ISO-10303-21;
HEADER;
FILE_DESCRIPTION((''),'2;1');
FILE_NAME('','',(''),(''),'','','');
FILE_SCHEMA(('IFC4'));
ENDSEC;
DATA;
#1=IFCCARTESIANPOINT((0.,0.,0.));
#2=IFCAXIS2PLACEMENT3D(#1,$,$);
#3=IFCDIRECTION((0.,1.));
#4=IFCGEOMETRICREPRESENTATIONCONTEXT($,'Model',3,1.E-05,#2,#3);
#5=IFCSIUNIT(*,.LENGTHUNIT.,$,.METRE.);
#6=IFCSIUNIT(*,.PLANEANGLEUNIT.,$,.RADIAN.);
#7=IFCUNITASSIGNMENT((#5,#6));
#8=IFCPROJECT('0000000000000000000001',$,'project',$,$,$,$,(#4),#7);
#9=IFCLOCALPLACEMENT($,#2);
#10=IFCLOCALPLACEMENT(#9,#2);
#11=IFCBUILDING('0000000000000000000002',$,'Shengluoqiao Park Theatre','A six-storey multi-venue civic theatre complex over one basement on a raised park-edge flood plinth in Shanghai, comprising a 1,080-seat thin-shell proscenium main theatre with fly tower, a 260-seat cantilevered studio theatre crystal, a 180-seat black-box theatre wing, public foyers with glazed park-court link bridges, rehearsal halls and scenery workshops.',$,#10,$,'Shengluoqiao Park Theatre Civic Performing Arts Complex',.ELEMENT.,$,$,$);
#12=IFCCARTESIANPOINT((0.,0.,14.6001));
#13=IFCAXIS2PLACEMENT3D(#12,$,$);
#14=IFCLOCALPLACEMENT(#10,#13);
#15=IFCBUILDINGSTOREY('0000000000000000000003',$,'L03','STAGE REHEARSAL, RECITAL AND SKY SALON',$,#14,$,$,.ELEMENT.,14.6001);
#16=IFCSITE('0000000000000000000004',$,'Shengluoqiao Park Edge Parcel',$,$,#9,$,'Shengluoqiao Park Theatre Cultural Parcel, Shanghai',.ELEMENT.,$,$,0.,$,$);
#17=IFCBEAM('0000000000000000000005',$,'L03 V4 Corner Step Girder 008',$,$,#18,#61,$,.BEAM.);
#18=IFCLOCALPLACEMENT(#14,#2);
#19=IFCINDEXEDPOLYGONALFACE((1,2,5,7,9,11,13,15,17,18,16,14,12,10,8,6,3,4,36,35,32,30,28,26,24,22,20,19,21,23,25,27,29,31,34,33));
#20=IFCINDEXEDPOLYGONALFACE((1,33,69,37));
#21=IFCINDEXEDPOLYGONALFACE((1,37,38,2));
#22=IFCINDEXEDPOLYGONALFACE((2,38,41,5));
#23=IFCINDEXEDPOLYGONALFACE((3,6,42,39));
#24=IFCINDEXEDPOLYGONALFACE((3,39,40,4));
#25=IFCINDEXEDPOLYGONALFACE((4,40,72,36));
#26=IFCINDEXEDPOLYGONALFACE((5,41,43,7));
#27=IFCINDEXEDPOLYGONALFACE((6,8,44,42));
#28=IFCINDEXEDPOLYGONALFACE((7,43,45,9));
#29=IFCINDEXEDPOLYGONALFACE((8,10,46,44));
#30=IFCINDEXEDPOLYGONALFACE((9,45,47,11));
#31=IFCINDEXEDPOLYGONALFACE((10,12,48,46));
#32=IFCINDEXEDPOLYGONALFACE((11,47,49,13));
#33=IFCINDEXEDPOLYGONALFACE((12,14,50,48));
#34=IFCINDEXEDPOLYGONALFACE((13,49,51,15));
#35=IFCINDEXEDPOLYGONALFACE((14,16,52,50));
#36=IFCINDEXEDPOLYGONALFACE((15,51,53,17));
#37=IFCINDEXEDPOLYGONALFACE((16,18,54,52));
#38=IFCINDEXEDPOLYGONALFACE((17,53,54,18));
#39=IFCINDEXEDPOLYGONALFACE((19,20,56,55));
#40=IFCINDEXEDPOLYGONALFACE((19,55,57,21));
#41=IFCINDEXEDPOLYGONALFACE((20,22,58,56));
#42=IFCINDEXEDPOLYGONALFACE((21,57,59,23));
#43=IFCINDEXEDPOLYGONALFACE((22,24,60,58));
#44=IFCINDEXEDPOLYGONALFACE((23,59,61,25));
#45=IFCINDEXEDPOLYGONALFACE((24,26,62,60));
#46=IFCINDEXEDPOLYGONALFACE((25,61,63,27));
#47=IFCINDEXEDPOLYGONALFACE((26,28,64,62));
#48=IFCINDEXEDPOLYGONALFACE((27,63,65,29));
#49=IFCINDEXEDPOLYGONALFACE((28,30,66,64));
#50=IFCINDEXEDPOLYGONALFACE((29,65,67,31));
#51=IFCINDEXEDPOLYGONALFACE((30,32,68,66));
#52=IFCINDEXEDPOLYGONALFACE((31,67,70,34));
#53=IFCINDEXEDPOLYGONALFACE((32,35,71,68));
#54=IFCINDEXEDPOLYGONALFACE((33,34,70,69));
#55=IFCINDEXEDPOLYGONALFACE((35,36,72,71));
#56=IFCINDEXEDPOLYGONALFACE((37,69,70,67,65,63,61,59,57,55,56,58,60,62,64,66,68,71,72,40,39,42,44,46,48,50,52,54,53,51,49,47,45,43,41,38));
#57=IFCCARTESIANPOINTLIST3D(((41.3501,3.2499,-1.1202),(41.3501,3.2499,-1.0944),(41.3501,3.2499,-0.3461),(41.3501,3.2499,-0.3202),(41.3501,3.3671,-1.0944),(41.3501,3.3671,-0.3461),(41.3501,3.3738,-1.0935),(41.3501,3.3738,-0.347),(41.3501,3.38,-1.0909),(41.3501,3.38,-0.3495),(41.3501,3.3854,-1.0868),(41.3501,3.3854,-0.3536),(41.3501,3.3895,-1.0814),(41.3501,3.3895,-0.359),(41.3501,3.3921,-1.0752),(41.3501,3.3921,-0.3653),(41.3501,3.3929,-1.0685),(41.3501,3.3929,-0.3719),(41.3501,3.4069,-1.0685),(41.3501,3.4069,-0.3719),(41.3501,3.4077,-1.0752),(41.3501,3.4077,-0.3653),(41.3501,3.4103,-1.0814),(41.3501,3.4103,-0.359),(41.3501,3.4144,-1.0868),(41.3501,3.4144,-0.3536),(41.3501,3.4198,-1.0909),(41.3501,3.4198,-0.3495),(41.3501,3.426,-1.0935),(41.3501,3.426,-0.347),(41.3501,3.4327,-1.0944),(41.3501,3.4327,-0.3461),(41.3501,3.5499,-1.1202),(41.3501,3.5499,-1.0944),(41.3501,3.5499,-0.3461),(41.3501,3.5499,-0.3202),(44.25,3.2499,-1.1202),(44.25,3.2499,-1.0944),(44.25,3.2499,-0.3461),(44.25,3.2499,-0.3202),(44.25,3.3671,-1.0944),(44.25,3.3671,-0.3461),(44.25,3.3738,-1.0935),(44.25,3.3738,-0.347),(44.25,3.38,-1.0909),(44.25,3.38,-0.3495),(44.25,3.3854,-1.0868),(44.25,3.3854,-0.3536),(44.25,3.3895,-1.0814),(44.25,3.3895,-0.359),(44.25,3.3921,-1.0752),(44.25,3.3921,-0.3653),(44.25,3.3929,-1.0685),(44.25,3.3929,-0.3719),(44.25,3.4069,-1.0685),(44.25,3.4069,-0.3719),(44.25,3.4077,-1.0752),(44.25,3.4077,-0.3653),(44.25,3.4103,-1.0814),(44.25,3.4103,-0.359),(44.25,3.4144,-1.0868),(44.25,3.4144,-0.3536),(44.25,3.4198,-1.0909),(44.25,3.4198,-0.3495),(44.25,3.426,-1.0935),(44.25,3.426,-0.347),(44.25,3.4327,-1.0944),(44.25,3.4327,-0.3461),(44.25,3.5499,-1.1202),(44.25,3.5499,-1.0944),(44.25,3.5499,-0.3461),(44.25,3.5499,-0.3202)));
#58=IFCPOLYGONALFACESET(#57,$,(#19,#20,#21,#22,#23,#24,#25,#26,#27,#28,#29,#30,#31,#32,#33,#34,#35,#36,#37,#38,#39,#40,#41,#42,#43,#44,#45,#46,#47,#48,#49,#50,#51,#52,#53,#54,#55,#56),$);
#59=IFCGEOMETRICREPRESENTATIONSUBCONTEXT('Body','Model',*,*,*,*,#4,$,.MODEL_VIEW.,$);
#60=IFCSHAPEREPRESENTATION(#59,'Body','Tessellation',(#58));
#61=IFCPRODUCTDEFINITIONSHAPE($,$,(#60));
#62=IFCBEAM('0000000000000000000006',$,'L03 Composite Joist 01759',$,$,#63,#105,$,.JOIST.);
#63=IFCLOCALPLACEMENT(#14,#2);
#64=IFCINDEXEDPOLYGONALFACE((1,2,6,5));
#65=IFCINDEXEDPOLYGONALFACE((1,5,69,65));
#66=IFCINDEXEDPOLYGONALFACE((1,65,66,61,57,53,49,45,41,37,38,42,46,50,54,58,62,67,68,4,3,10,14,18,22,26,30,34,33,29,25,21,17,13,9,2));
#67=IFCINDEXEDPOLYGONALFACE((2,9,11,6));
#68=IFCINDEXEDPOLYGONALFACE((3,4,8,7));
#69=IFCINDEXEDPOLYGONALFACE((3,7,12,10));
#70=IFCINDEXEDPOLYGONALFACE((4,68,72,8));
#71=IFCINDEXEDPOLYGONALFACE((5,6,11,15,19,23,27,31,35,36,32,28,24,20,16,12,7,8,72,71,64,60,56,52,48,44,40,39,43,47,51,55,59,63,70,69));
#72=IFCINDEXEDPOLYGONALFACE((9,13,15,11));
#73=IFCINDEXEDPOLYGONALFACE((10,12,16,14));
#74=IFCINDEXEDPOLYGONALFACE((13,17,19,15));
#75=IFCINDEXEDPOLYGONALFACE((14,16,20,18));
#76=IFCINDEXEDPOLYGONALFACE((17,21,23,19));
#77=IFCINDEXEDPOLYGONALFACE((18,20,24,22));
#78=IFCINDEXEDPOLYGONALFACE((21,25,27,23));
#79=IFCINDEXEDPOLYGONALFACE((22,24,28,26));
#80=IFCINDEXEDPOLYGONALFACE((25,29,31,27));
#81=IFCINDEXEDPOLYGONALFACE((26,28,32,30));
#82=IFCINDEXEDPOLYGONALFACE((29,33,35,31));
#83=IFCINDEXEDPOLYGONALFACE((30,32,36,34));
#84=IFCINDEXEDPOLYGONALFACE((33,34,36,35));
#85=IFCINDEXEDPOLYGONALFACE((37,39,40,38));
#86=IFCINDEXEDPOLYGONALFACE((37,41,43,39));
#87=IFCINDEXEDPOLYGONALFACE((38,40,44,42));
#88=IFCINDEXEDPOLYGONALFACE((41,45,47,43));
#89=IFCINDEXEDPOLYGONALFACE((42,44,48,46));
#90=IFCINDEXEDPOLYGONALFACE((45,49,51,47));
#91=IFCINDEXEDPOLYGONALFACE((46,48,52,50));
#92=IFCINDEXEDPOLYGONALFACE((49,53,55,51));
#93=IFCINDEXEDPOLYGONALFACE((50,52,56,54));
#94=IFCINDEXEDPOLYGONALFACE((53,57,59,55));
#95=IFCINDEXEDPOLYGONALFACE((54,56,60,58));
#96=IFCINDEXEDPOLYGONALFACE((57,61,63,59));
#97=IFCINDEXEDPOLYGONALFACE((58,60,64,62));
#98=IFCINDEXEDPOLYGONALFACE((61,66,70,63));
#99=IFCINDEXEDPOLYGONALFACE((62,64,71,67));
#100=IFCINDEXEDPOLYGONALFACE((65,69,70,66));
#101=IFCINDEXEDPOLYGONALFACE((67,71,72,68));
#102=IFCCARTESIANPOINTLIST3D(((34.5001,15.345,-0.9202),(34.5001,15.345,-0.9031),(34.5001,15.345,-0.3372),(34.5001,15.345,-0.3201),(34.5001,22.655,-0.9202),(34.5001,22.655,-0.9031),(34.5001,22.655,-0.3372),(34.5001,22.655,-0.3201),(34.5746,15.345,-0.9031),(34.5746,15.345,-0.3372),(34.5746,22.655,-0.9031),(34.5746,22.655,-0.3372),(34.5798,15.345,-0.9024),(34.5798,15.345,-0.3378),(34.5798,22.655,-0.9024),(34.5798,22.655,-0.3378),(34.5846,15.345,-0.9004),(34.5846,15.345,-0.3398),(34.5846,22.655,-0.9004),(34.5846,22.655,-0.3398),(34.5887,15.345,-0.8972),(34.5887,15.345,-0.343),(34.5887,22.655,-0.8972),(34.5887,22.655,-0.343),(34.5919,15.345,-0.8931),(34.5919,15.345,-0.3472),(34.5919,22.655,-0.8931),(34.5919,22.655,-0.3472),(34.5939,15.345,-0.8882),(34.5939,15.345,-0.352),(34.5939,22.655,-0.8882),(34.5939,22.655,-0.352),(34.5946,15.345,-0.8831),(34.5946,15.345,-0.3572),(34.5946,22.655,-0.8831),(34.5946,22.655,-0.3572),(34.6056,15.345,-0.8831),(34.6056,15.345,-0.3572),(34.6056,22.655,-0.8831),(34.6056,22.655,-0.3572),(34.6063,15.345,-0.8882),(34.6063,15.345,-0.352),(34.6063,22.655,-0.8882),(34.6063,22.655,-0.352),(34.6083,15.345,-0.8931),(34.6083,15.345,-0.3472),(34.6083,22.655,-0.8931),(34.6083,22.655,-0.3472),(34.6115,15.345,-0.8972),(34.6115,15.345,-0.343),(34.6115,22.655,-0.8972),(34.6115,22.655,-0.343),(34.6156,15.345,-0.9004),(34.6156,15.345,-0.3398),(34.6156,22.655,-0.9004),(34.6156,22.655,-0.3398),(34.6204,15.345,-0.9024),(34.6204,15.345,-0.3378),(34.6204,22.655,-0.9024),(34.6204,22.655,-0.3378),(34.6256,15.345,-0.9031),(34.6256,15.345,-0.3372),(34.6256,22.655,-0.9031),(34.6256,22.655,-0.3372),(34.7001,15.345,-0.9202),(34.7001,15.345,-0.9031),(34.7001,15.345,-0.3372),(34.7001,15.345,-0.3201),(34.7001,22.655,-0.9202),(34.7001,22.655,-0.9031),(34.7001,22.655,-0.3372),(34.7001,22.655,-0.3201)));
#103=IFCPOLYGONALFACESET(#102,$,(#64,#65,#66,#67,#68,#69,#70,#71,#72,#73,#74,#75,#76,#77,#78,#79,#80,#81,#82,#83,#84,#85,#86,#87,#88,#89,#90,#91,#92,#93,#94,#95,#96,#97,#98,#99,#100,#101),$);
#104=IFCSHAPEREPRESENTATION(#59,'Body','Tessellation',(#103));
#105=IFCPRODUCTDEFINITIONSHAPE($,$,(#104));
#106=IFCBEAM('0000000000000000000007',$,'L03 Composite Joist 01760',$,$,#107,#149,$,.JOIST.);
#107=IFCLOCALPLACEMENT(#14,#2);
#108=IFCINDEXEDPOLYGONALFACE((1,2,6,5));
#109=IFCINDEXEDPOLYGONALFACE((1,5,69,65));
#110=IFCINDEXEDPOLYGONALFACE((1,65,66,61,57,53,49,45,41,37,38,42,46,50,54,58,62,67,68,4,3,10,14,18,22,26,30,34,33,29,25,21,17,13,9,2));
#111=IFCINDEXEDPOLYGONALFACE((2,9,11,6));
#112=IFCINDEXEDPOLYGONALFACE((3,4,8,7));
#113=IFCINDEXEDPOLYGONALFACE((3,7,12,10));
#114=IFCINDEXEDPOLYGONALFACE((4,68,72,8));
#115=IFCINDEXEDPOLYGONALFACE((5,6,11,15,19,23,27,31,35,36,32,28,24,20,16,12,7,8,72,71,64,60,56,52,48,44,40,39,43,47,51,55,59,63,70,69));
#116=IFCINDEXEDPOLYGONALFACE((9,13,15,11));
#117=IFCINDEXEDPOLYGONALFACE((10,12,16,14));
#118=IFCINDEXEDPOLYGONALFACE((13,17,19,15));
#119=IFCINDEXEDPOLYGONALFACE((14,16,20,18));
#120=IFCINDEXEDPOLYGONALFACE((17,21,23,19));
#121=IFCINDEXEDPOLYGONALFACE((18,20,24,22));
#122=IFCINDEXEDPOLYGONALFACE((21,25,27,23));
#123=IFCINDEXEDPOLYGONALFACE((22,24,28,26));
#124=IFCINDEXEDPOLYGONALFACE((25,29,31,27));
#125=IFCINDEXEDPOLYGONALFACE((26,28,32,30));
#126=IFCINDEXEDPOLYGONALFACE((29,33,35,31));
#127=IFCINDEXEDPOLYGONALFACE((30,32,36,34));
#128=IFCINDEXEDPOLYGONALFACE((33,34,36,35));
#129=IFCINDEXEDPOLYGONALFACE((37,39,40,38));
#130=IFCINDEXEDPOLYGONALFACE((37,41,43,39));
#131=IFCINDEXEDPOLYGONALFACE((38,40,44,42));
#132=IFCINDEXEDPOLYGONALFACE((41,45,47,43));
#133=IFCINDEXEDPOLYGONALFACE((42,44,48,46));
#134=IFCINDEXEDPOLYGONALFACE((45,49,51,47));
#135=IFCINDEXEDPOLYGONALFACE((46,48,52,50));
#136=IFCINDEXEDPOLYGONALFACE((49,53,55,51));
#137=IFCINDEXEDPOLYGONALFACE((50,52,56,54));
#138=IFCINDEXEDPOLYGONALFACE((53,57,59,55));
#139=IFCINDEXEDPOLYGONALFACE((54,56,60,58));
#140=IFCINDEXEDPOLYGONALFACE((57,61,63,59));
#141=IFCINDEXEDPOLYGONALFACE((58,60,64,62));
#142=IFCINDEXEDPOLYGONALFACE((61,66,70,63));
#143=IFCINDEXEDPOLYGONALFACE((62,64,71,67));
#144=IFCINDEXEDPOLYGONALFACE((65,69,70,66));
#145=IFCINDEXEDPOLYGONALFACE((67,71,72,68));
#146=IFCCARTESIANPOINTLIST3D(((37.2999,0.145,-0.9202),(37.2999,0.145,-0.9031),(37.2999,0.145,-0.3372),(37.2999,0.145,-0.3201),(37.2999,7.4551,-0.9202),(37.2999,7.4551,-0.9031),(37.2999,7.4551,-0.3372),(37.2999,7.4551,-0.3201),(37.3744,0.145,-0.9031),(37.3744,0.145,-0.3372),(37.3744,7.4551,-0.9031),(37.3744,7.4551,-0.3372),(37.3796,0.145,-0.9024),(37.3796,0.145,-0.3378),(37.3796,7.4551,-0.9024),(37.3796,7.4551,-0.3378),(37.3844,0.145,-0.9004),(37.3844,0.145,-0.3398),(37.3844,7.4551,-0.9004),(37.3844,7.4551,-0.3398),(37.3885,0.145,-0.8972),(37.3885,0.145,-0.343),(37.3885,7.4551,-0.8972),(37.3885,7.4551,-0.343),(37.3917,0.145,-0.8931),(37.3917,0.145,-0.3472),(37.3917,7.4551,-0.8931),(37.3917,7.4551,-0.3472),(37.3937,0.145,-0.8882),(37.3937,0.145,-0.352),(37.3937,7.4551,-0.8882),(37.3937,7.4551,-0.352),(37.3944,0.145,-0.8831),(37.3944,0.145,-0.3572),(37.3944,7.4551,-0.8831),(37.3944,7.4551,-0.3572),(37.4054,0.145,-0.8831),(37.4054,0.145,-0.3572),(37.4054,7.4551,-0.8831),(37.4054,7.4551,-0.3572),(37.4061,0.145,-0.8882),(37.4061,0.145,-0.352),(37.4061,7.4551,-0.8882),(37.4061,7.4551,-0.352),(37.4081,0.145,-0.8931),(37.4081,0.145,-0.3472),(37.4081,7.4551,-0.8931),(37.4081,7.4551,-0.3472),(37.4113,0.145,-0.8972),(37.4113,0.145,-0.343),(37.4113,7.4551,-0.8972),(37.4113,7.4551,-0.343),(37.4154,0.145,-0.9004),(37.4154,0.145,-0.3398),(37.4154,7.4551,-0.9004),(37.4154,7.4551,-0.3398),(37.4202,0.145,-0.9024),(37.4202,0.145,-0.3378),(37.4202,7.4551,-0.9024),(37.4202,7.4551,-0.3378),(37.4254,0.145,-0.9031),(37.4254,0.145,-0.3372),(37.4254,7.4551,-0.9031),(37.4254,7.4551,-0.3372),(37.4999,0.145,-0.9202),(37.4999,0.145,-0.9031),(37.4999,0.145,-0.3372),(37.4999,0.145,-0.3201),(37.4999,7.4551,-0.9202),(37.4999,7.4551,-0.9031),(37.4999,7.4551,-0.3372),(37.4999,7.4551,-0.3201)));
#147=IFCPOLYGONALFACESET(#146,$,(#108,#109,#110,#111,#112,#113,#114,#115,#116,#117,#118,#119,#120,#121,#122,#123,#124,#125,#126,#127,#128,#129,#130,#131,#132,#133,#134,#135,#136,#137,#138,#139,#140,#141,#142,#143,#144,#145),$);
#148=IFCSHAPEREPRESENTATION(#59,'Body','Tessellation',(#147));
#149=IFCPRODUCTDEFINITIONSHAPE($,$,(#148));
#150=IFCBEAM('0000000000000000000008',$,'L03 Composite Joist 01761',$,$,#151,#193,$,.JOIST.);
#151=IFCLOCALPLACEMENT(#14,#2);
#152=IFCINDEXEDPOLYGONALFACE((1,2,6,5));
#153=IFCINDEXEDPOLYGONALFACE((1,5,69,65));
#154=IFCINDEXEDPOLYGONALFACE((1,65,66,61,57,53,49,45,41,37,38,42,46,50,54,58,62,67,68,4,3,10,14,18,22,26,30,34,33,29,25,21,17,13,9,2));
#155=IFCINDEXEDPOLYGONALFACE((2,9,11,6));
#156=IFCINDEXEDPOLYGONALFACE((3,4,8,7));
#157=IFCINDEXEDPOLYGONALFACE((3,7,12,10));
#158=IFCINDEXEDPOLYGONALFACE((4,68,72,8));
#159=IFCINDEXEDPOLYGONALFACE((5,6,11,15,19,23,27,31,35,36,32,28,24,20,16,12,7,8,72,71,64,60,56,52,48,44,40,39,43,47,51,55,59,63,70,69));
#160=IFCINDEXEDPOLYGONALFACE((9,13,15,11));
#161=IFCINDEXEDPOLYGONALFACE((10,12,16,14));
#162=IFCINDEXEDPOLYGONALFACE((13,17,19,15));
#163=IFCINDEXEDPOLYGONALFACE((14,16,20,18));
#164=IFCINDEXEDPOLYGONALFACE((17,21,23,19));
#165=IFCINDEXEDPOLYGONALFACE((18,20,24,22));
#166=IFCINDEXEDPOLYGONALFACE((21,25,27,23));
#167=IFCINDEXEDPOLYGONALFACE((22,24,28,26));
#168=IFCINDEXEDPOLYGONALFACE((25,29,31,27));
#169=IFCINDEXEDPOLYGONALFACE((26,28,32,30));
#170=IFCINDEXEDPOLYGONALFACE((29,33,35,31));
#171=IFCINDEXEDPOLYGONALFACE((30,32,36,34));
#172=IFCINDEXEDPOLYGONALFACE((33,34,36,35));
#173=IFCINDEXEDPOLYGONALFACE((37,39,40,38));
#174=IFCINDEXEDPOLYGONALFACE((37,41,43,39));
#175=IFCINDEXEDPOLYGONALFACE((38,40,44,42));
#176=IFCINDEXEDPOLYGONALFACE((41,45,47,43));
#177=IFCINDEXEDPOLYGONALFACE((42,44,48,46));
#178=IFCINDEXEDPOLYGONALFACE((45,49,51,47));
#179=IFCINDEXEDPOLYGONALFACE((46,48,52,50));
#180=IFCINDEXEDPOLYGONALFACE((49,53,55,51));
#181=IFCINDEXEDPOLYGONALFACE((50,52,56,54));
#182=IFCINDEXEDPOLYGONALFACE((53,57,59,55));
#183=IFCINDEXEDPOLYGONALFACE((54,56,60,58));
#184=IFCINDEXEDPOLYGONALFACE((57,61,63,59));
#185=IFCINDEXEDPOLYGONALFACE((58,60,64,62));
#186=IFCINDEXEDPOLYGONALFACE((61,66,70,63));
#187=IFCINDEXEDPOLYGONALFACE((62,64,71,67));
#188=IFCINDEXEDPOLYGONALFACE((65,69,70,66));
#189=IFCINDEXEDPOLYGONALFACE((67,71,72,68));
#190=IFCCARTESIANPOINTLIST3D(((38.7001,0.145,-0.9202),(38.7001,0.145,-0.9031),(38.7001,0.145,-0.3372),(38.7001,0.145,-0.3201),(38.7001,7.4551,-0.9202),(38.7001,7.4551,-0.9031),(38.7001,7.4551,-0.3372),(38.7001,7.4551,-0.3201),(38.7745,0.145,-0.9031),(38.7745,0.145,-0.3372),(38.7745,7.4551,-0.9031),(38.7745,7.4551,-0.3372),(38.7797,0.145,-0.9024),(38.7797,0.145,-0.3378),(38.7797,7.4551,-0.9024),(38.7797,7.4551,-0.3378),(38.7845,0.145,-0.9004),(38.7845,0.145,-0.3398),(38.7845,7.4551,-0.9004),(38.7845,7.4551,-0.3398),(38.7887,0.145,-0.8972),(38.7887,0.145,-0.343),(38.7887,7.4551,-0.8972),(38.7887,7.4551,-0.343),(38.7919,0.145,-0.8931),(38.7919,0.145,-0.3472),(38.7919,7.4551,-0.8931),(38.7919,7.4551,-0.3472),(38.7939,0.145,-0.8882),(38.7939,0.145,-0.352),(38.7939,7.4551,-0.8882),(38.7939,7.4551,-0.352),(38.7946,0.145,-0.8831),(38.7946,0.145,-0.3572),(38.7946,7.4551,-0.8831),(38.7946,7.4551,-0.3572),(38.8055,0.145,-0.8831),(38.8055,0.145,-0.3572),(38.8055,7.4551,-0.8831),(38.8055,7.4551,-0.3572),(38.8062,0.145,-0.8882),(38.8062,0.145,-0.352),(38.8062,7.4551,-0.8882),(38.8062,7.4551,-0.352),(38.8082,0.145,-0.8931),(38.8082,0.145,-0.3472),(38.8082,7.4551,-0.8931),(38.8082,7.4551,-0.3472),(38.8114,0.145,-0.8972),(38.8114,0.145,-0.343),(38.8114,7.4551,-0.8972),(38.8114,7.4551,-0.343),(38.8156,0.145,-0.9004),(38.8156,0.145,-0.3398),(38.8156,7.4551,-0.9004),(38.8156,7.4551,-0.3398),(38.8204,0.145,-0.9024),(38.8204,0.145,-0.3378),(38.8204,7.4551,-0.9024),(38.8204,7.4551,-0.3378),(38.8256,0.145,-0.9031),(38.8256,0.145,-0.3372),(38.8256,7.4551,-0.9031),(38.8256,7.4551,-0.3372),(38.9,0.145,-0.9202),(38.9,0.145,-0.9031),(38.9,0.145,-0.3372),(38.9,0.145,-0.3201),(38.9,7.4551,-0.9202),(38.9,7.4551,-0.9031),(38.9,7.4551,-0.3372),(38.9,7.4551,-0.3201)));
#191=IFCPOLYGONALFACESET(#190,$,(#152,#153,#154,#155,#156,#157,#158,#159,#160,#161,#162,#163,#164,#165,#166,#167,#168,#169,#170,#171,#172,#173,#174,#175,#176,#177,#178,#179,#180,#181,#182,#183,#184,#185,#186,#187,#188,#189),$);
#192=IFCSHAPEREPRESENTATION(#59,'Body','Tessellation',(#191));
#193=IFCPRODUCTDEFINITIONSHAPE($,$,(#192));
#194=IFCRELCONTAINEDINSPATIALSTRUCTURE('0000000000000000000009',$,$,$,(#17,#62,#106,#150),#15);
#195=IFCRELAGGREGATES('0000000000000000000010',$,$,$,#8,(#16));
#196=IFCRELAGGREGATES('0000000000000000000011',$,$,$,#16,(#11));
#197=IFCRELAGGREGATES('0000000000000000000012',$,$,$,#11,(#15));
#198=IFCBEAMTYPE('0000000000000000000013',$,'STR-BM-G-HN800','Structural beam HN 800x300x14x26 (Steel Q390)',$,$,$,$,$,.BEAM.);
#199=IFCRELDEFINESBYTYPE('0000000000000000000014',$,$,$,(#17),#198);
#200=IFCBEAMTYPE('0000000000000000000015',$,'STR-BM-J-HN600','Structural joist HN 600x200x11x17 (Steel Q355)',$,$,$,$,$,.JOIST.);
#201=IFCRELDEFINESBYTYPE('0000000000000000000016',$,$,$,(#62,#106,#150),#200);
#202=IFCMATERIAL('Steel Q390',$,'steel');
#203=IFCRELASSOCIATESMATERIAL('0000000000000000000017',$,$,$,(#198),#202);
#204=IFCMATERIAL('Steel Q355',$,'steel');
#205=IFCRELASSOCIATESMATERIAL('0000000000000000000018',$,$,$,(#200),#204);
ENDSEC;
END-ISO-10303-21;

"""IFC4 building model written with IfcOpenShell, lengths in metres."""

from ifc_helpers import new_model, si_unit, direction, frame, origin, origin_2d, place, context, subcontext, project, spatial, i_section, extrude, material, material_profile, profile_set, type_object, element, save


model = new_model("IFC4")

# Units and contexts
model_context = context("Model", 3, precision=1e-05, world=origin(), true_north=direction((0.0, 1.0)))
body_context = subcontext(model_context, "Body", "Model", "MODEL_VIEW")
ifc_project = project(units=[si_unit("LENGTHUNIT", "METRE"), si_unit("PLANEANGLEUNIT", "RADIAN")], contexts=[model_context])

# Site, building, storey
site_placement = place(None, origin())
site = spatial("IfcSite", under=ifc_project, at=site_placement, Name="Shengluoqiao Park Edge Parcel", LongName="Shengluoqiao Park Theatre Cultural Parcel, Shanghai", CompositionType="ELEMENT", RefElevation=0.0)
building_placement = place(site_placement, origin())
building = spatial("IfcBuilding", under=site, at=building_placement, Name="Shengluoqiao Park Theatre", Description="A six-storey multi-venue civic theatre complex over one basement on a raised park-edge flood plinth in Shanghai, comprising a 1,080-seat thin-shell proscenium main theatre with fly tower, a 260-seat cantilevered studio theatre crystal, a 180-seat black-box theatre wing, public foyers with glazed park-court link bridges, rehearsal halls and scenery workshops.", LongName="Shengluoqiao Park Theatre Civic Performing Arts Complex", CompositionType="ELEMENT")
storey_placement = place(building_placement, frame((0.0, 0.0, 14.6001)))
storey = spatial("IfcBuildingStorey", under=building, at=storey_placement, Name="L03", Description="STAGE REHEARSAL, RECITAL AND SKY SALON", CompositionType="ELEMENT", Elevation=14.6001)

# Beams
ifc_material_1 = material(Name="Steel Q355", Category="steel")
ifc_material_2 = material(Name="Steel Q390", Category="steel")
ifc_material_profile_1 = material_profile(ifc_material_2, i_section(OverallWidth=0.3, OverallDepth=0.8, WebThickness=0.0139, FlangeThickness=0.0259, FilletRadius=0.0259, at=origin_2d()), Name="HN 800x300x14x26")
ifc_profile_set_1 = profile_set([ifc_material_profile_1], Name="Steel Q390")
beam_type_1 = type_object("IfcBeamType", Name="STR-BM-G-HN800", Description="Structural beam HN 800x300x14x26 (Steel Q390)", PredefinedType="BEAM", material=ifc_profile_set_1)
beam_1_placement = place(storey_placement, frame((41.3501, 3.3999, -0.7202), z_axis=(1.0, 0.0, 0.0), x_axis=(0.0, 1.0, 0.0)))
element("IfcBeam", 1, at=beam_1_placement, inside=storey, type_object=beam_type_1, Name="L03 V4 Corner Step Girder 008", PredefinedType="BEAM", context=body_context, shape_type="SweptSolid", body=[
    extrude(i_section(OverallWidth=0.3, OverallDepth=0.8, WebThickness=0.0139, FlangeThickness=0.0259, FilletRadius=0.0259, at=origin_2d()), origin(), (0.0, 0.0, 1.0), 2.8999),
])
ifc_material_profile_2 = material_profile(ifc_material_1, i_section(OverallWidth=0.2, OverallDepth=0.6001, WebThickness=0.011, FlangeThickness=0.0171, FilletRadius=0.02, at=origin_2d()), Name="HN 600x200x11x17")
ifc_profile_set_2 = profile_set([ifc_material_profile_2], Name="Steel Q355")
beam_type_2 = type_object("IfcBeamType", Name="STR-BM-J-HN600", Description="Structural joist HN 600x200x11x17 (Steel Q355)", PredefinedType="JOIST", material=ifc_profile_set_2)
for number, where, z_axis, x_axis, name in (
    (2, (34.6001, 15.345, -0.6201), (0.0, 1.0, 0.0), (-1.0, 0.0, 0.0), "L03 Composite Joist 01759"),
    (3, (37.3999, 0.145, -0.6201), (0.0, 1.0, 0.0), (-1.0, 0.0, 0.0), "L03 Composite Joist 01760"),
    (4, (38.8, 0.145, -0.6201), (0.0, 1.0, 0.0), (-1.0, 0.0, 0.0), "L03 Composite Joist 01761"),
):
    element("IfcBeam", number, at=place(storey_placement, frame(where, z_axis=z_axis, x_axis=x_axis)), inside=storey, type_object=beam_type_2, Name=name, PredefinedType="JOIST", context=body_context, shape_type="SweptSolid", body=[
        extrude(i_section(OverallWidth=0.2, OverallDepth=0.6001, WebThickness=0.011, FlangeThickness=0.0171, FilletRadius=0.02, at=origin_2d()), origin(), (0.0, 0.0, 1.0), 7.3101),
    ])

save(model, "model.ifc")
